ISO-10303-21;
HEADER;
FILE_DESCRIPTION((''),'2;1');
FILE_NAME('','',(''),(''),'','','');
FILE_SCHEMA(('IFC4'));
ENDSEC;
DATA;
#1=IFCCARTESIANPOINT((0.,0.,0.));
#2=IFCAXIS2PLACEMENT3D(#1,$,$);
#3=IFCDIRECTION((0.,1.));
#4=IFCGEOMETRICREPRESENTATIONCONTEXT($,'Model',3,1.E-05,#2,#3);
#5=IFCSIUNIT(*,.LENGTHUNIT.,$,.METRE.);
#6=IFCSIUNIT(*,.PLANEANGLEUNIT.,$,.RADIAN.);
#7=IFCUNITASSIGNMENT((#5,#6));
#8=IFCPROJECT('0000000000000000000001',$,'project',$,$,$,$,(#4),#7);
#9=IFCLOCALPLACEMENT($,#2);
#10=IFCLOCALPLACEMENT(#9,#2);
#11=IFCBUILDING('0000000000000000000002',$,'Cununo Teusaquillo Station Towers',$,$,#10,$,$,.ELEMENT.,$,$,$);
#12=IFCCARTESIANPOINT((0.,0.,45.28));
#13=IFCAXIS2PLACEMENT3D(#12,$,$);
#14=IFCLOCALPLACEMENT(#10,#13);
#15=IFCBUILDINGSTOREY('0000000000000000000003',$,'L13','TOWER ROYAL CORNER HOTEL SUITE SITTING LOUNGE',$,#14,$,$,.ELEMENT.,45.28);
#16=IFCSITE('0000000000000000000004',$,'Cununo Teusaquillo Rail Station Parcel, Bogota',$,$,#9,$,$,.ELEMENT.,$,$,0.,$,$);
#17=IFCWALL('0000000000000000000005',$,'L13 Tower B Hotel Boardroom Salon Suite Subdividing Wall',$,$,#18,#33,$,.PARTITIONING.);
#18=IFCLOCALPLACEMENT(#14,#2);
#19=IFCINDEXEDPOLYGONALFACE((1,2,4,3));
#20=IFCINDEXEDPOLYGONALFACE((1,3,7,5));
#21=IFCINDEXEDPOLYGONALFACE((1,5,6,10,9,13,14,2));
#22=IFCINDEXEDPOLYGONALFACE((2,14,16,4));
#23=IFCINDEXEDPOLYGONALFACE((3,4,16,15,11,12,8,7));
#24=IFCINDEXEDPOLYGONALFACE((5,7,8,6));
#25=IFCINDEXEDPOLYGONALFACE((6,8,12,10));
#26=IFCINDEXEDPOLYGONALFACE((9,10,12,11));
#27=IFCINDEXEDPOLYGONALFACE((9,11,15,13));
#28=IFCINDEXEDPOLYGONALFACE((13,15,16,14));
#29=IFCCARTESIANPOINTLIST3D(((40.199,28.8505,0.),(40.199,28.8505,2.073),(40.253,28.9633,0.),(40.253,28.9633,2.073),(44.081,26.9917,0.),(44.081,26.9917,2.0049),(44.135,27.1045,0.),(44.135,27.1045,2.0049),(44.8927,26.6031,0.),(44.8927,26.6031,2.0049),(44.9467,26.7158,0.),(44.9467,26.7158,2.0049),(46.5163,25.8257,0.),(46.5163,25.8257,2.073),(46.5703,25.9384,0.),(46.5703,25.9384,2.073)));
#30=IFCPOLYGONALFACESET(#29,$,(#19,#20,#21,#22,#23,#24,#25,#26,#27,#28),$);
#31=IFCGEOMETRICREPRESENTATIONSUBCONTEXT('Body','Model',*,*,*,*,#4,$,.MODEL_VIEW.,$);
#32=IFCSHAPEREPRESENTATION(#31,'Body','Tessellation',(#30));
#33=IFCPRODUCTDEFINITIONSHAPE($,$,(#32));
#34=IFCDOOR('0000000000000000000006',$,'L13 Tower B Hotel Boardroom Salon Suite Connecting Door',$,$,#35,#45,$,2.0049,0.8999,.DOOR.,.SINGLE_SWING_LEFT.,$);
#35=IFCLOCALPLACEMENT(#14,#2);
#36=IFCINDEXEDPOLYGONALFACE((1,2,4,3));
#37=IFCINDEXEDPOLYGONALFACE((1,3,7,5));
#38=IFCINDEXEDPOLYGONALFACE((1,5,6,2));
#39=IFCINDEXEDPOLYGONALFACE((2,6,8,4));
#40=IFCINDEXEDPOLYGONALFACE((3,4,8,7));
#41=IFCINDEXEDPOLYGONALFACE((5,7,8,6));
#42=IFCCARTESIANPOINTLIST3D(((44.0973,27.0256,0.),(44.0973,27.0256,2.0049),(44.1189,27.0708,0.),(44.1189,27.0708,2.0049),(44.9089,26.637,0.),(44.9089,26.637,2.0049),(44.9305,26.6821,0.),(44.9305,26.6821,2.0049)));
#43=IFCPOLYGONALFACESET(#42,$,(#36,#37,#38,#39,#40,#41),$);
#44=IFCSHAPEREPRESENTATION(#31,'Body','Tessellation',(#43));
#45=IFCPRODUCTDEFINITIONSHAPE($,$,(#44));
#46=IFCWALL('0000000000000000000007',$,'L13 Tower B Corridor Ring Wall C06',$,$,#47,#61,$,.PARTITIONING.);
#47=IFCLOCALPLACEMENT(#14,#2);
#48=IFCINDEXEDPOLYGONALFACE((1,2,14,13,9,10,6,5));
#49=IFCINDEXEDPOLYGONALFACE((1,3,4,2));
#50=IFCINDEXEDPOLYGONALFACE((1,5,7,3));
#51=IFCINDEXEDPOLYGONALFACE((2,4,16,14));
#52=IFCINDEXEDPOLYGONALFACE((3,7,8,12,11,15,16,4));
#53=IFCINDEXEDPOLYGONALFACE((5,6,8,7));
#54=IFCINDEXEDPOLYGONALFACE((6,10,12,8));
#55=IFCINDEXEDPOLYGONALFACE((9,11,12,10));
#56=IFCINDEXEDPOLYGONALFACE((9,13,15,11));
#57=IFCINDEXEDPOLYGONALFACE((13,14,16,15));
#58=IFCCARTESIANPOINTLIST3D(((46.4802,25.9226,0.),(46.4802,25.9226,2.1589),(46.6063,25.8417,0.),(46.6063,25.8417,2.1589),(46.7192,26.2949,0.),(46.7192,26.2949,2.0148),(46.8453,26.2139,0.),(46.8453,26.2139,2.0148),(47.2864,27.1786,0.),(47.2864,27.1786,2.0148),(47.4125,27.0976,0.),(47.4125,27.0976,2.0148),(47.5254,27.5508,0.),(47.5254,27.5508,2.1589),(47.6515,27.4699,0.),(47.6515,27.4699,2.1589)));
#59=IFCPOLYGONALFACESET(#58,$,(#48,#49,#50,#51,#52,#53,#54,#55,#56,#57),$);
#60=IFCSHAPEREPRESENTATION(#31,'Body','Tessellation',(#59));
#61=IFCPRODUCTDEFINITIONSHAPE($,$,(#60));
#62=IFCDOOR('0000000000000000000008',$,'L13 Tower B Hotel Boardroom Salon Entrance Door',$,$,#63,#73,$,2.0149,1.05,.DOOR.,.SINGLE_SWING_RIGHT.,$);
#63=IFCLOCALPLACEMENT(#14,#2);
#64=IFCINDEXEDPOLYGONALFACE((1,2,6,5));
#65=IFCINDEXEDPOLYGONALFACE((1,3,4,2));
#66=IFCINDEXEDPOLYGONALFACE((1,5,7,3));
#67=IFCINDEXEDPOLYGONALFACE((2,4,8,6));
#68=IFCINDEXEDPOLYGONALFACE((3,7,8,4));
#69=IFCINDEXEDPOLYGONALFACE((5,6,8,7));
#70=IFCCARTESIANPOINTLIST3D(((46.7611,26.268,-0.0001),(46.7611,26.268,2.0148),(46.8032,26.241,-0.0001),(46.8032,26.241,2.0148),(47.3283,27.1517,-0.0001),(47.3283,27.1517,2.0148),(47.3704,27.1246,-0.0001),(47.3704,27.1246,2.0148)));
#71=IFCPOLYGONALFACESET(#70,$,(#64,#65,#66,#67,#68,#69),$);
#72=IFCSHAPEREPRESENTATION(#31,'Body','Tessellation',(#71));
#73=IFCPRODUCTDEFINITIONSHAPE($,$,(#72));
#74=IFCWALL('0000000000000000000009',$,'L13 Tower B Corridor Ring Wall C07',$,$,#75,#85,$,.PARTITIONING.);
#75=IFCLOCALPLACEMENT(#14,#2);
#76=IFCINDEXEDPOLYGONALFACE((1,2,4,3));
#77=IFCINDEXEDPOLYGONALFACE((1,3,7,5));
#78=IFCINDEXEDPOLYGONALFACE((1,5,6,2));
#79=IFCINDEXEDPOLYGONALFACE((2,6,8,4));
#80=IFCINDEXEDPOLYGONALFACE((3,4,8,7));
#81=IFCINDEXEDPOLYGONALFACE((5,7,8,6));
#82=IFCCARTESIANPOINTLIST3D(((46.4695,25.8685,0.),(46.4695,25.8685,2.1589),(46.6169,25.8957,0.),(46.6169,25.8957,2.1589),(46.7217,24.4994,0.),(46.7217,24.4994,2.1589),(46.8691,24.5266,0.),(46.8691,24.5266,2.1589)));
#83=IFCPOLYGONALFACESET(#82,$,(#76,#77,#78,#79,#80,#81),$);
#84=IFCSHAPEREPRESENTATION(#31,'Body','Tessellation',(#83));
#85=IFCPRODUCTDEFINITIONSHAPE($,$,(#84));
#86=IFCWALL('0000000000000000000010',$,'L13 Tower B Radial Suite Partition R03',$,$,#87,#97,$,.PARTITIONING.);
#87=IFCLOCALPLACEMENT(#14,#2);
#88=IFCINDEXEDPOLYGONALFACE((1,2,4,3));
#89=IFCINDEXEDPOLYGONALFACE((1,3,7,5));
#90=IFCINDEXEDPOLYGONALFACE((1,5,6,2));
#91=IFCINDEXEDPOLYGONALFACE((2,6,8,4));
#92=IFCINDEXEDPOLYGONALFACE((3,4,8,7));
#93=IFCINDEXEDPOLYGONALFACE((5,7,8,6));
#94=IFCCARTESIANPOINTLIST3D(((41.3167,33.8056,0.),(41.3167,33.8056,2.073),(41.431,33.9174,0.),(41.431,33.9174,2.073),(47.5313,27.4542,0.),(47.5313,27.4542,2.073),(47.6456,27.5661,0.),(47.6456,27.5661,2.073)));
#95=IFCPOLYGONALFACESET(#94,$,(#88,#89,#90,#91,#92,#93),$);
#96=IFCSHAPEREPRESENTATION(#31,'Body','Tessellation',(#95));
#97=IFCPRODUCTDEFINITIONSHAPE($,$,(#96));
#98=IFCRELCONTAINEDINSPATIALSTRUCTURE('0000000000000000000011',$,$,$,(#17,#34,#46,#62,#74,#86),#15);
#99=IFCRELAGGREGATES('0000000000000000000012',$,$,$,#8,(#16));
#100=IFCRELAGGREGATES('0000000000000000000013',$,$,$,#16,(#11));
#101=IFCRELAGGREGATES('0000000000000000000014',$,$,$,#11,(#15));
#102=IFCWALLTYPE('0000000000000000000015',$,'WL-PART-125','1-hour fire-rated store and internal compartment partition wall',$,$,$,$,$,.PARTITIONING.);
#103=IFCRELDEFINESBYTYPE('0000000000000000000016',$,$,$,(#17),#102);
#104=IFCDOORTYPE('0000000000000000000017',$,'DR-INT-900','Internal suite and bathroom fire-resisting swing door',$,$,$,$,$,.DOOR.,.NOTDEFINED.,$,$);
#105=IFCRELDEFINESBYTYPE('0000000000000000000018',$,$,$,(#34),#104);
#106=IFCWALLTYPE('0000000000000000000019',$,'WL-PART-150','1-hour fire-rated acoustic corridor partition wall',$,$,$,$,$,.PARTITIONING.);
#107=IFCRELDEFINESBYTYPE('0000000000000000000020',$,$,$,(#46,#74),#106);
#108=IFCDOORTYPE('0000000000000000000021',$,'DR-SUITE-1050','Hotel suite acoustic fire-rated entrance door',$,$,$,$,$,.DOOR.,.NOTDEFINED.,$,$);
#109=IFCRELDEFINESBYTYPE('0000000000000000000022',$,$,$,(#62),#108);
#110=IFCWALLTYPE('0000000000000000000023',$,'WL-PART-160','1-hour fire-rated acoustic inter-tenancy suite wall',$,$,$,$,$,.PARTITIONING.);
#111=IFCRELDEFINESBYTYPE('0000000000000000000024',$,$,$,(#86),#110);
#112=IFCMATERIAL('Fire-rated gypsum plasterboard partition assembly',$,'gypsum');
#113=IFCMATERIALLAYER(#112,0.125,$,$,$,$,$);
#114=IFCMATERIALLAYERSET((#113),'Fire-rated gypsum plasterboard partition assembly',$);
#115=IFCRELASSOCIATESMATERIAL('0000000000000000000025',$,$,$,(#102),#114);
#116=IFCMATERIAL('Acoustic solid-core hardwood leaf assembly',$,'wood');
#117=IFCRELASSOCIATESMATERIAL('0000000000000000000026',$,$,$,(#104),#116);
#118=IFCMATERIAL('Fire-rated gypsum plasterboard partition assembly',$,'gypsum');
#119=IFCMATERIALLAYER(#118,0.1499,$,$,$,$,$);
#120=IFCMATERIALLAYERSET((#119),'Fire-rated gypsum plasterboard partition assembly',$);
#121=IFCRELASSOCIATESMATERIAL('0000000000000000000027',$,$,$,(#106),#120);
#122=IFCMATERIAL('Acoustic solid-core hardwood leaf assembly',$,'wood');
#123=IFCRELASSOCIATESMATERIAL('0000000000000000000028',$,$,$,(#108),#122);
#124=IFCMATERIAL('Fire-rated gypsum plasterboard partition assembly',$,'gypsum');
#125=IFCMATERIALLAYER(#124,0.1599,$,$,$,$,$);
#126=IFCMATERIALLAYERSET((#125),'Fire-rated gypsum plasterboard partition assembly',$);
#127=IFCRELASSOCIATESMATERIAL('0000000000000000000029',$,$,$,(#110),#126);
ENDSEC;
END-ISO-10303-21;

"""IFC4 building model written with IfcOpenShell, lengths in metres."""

from ifc_helpers import new_model, si_unit, direction, frame, frame_2d, origin, place, context, subcontext, project, spatial, rectangle, extrude, source, transform, mapped, material, layer, layer_set, type_object, element, fill, save


model = new_model("IFC4")

# Units and contexts
model_context = context("Model", 3, precision=1e-05, world=origin(), true_north=direction((0.0, 1.0)))
body_context = subcontext(model_context, "Body", "Model", "MODEL_VIEW")
ifc_project = project(units=[si_unit("LENGTHUNIT", "METRE"), si_unit("PLANEANGLEUNIT", "RADIAN")], contexts=[model_context])

# Site, building, storey
site_placement = place(None, origin())
site = spatial("IfcSite", under=ifc_project, at=site_placement, Name="Cununo Teusaquillo Rail Station Parcel, Bogota", CompositionType="ELEMENT", RefElevation=0.0)
building_placement = place(site_placement, origin())
building = spatial("IfcBuilding", under=site, at=building_placement, Name="Cununo Teusaquillo Station Towers", CompositionType="ELEMENT")
storey_placement = place(building_placement, frame((0.0, 0.0, 45.28)))
storey = spatial("IfcBuildingStorey", under=building, at=storey_placement, Name="L13", Description="TOWER ROYAL CORNER HOTEL SUITE SITTING LOUNGE", CompositionType="ELEMENT", Elevation=45.28)

# Shared definitions
ifc_material_1 = material(Name="Fire-rated gypsum plasterboard partition assembly", Category="gypsum")
ifc_layer_1 = layer(ifc_material_1, 0.125)
ifc_layer_set_1 = layer_set([ifc_layer_1], Name="Fire-rated gypsum plasterboard partition assembly")
wall_type_1 = type_object("IfcWallType", Name="WL-PART-125", Description="1-hour fire-rated store and internal compartment partition wall", PredefinedType="PARTITIONING", material=ifc_layer_set_1)

# Walls, openings, doors
shared_shape_1 = source(origin(), body_context, "Body", "SweptSolid", [
    extrude(rectangle(XDim=0.8999, YDim=2.0049, at=frame_2d((0.45, 1.0024))), frame((0.0, 0.0725, 0.0), z_axis=(0.0, -1.0, 0.0), x_axis=(1.0, 0.0, 0.0)), (0.0, 0.0, 1.0), 0.145),
])
ifc_material_2 = material(Name="Acoustic solid-core hardwood leaf assembly", Category="wood")
door_type_1 = type_object("IfcDoorType", Name="DR-INT-900", Description="Internal suite and bathroom fire-resisting swing door", OperationType="NOTDEFINED", PredefinedType="DOOR", material=ifc_material_2)
shared_shape_2 = source(origin(), body_context, "Body", "SweptSolid", [
    extrude(rectangle(XDim=0.8999, YDim=2.0049, at=frame_2d((0.45, 1.0024))), frame((0.0, 0.0249, 0.0), z_axis=(0.0, -1.0, 0.0), x_axis=(1.0, 0.0, 0.0)), (0.0, 0.0, 1.0), 0.05),
])
wall_1_placement = place(storey_placement, frame((46.5432, 25.8821, 0.0), z_axis=(0.0, 0.0, 1.0), x_axis=(-0.901937, 0.431867, 0.0)))
wall_1 = element("IfcWall", 1, at=wall_1_placement, inside=storey, type_object=wall_type_1, Name="L13 Tower B Hotel Boardroom Salon Suite Subdividing Wall", PredefinedType="PARTITIONING", context=body_context, shape_type="SweptSolid", body=[
    extrude(rectangle(XDim=7.0042, YDim=0.125, at=frame_2d((3.502, 0.0))), origin(), (0.0, 0.0, 1.0), 2.073),
])
opening_1_placement = place(wall_1_placement, frame((1.8, 0.0, 0.0)))
opening_1 = element("IfcOpeningElement", 2, at=opening_1_placement, cuts=wall_1, PredefinedType="OPENING", context=body_context, shape_type="MappedRepresentation", body=[
    mapped(shared_shape_1, transform((0.0, 0.0, 0.0), x_axis=(1.0, 0.0, 0.0), y_axis=(0.0, 1.0, 0.0), z_axis=(0.0, 0.0, 1.0), scale=1.0)),
])
door_1_placement = place(opening_1_placement, origin())
door_1 = element("IfcDoor", 3, at=door_1_placement, inside=storey, type_object=door_type_1, Name="L13 Tower B Hotel Boardroom Salon Suite Connecting Door", OperationType="SINGLE_SWING_LEFT", OverallHeight=2.0049, OverallWidth=0.8999, PredefinedType="DOOR", context=body_context, shape_type="MappedRepresentation", body=[
    mapped(shared_shape_2, transform((0.0, 0.0, 0.0), x_axis=(1.0, 0.0, 0.0), y_axis=(0.0, 1.0, 0.0), z_axis=(0.0, 0.0, 1.0), scale=1.0)),
])
fill(opening_1, door_1)
ifc_material_3 = material(Name="Fire-rated gypsum plasterboard partition assembly", Category="gypsum")
ifc_layer_2 = layer(ifc_material_3, 0.1499)
ifc_layer_set_2 = layer_set([ifc_layer_2], Name="Fire-rated gypsum plasterboard partition assembly")
wall_type_2 = type_object("IfcWallType", Name="WL-PART-150", Description="1-hour fire-rated acoustic corridor partition wall", PredefinedType="PARTITIONING", material=ifc_layer_set_2)
wall_2_placement = place(storey_placement, frame((47.5884, 27.5103, 0.0), z_axis=(0.0, 0.0, 1.0), x_axis=(-0.540203, -0.841535, 0.0)))
wall_2 = element("IfcWall", 4, at=wall_2_placement, inside=storey, type_object=wall_type_2, Name="L13 Tower B Corridor Ring Wall C06", PredefinedType="PARTITIONING", context=body_context, shape_type="SweptSolid", body=[
    extrude(rectangle(XDim=1.9348, YDim=0.1499, at=frame_2d((0.9673, 0.0))), origin(), (0.0, 0.0, 1.0), 2.1589),
])
shared_shape_3 = source(origin(), body_context, "Body", "SweptSolid", [
    extrude(rectangle(XDim=1.05, YDim=2.0149, at=frame_2d((0.5249, 1.0073))), frame((0.0, 0.085, 0.0), z_axis=(0.0, -1.0, 0.0), x_axis=(1.0, 0.0, 0.0)), (0.0, 0.0, 1.0), 0.1699),
])
opening_2_placement = place(wall_2_placement, frame((0.4424, 0.0, 0.0)))
opening_2 = element("IfcOpeningElement", 5, at=opening_2_placement, cuts=wall_2, PredefinedType="OPENING", context=body_context, shape_type="MappedRepresentation", body=[
    mapped(shared_shape_3, transform((0.0, 0.0, 0.0), x_axis=(1.0, 0.0, 0.0), y_axis=(0.0, 1.0, 0.0), z_axis=(0.0, 0.0, 1.0), scale=1.0)),
])
ifc_material_4 = material(Name="Acoustic solid-core hardwood leaf assembly", Category="wood")
door_type_2 = type_object("IfcDoorType", Name="DR-SUITE-1050", Description="Hotel suite acoustic fire-rated entrance door", OperationType="NOTDEFINED", PredefinedType="DOOR", material=ifc_material_4)
shared_shape_4 = source(origin(), body_context, "Body", "SweptSolid", [
    extrude(rectangle(XDim=1.05, YDim=2.0149, at=frame_2d((0.5249, 1.0073))), frame((0.0, 0.0249, 0.0), z_axis=(0.0, -1.0, 0.0), x_axis=(1.0, 0.0, 0.0)), (0.0, 0.0, 1.0), 0.05),
])
door_2_placement = place(opening_2_placement, origin())
door_2 = element("IfcDoor", 6, at=door_2_placement, inside=storey, type_object=door_type_2, Name="L13 Tower B Hotel Boardroom Salon Entrance Door", OperationType="SINGLE_SWING_RIGHT", OverallHeight=2.0149, OverallWidth=1.05, PredefinedType="DOOR", context=body_context, shape_type="MappedRepresentation", body=[
    mapped(shared_shape_4, transform((0.0, 0.0, 0.0), x_axis=(1.0, 0.0, 0.0), y_axis=(0.0, 1.0, 0.0), z_axis=(0.0, 0.0, 1.0), scale=1.0)),
])
fill(opening_2, door_2)

# Walls
wall_3_placement = place(storey_placement, frame((46.5432, 25.8821, 0.0), z_axis=(0.0, 0.0, 1.0), x_axis=(0.181154, -0.983455, 0.0)))
element("IfcWall", 7, at=wall_3_placement, inside=storey, type_object=wall_type_2, Name="L13 Tower B Corridor Ring Wall C07", PredefinedType="PARTITIONING", context=body_context, shape_type="SweptSolid", body=[
    extrude(rectangle(XDim=1.3921, YDim=0.1499, at=frame_2d((0.696, 0.0))), origin(), (0.0, 0.0, 1.0), 2.1589),
])
ifc_material_5 = material(Name="Fire-rated gypsum plasterboard partition assembly", Category="gypsum")
ifc_layer_3 = layer(ifc_material_5, 0.1599)
ifc_layer_set_3 = layer_set([ifc_layer_3], Name="Fire-rated gypsum plasterboard partition assembly")
wall_type_3 = type_object("IfcWallType", Name="WL-PART-160", Description="1-hour fire-rated acoustic inter-tenancy suite wall", PredefinedType="PARTITIONING", material=ifc_layer_set_3)
wall_4_placement = place(storey_placement, frame((47.5884, 27.5103, 0.0), z_axis=(0.0, 0.0, 1.0), x_axis=(-0.699372, 0.714758, 0.0)))
element("IfcWall", 8, at=wall_4_placement, inside=storey, type_object=wall_type_3, Name="L13 Tower B Radial Suite Partition R03", PredefinedType="PARTITIONING", context=body_context, shape_type="SweptSolid", body=[
    extrude(rectangle(XDim=8.886, YDim=0.1599, at=frame_2d((4.4429, 0.0))), origin(), (0.0, 0.0, 1.0), 2.073),
])

save(model, "model.ifc")
